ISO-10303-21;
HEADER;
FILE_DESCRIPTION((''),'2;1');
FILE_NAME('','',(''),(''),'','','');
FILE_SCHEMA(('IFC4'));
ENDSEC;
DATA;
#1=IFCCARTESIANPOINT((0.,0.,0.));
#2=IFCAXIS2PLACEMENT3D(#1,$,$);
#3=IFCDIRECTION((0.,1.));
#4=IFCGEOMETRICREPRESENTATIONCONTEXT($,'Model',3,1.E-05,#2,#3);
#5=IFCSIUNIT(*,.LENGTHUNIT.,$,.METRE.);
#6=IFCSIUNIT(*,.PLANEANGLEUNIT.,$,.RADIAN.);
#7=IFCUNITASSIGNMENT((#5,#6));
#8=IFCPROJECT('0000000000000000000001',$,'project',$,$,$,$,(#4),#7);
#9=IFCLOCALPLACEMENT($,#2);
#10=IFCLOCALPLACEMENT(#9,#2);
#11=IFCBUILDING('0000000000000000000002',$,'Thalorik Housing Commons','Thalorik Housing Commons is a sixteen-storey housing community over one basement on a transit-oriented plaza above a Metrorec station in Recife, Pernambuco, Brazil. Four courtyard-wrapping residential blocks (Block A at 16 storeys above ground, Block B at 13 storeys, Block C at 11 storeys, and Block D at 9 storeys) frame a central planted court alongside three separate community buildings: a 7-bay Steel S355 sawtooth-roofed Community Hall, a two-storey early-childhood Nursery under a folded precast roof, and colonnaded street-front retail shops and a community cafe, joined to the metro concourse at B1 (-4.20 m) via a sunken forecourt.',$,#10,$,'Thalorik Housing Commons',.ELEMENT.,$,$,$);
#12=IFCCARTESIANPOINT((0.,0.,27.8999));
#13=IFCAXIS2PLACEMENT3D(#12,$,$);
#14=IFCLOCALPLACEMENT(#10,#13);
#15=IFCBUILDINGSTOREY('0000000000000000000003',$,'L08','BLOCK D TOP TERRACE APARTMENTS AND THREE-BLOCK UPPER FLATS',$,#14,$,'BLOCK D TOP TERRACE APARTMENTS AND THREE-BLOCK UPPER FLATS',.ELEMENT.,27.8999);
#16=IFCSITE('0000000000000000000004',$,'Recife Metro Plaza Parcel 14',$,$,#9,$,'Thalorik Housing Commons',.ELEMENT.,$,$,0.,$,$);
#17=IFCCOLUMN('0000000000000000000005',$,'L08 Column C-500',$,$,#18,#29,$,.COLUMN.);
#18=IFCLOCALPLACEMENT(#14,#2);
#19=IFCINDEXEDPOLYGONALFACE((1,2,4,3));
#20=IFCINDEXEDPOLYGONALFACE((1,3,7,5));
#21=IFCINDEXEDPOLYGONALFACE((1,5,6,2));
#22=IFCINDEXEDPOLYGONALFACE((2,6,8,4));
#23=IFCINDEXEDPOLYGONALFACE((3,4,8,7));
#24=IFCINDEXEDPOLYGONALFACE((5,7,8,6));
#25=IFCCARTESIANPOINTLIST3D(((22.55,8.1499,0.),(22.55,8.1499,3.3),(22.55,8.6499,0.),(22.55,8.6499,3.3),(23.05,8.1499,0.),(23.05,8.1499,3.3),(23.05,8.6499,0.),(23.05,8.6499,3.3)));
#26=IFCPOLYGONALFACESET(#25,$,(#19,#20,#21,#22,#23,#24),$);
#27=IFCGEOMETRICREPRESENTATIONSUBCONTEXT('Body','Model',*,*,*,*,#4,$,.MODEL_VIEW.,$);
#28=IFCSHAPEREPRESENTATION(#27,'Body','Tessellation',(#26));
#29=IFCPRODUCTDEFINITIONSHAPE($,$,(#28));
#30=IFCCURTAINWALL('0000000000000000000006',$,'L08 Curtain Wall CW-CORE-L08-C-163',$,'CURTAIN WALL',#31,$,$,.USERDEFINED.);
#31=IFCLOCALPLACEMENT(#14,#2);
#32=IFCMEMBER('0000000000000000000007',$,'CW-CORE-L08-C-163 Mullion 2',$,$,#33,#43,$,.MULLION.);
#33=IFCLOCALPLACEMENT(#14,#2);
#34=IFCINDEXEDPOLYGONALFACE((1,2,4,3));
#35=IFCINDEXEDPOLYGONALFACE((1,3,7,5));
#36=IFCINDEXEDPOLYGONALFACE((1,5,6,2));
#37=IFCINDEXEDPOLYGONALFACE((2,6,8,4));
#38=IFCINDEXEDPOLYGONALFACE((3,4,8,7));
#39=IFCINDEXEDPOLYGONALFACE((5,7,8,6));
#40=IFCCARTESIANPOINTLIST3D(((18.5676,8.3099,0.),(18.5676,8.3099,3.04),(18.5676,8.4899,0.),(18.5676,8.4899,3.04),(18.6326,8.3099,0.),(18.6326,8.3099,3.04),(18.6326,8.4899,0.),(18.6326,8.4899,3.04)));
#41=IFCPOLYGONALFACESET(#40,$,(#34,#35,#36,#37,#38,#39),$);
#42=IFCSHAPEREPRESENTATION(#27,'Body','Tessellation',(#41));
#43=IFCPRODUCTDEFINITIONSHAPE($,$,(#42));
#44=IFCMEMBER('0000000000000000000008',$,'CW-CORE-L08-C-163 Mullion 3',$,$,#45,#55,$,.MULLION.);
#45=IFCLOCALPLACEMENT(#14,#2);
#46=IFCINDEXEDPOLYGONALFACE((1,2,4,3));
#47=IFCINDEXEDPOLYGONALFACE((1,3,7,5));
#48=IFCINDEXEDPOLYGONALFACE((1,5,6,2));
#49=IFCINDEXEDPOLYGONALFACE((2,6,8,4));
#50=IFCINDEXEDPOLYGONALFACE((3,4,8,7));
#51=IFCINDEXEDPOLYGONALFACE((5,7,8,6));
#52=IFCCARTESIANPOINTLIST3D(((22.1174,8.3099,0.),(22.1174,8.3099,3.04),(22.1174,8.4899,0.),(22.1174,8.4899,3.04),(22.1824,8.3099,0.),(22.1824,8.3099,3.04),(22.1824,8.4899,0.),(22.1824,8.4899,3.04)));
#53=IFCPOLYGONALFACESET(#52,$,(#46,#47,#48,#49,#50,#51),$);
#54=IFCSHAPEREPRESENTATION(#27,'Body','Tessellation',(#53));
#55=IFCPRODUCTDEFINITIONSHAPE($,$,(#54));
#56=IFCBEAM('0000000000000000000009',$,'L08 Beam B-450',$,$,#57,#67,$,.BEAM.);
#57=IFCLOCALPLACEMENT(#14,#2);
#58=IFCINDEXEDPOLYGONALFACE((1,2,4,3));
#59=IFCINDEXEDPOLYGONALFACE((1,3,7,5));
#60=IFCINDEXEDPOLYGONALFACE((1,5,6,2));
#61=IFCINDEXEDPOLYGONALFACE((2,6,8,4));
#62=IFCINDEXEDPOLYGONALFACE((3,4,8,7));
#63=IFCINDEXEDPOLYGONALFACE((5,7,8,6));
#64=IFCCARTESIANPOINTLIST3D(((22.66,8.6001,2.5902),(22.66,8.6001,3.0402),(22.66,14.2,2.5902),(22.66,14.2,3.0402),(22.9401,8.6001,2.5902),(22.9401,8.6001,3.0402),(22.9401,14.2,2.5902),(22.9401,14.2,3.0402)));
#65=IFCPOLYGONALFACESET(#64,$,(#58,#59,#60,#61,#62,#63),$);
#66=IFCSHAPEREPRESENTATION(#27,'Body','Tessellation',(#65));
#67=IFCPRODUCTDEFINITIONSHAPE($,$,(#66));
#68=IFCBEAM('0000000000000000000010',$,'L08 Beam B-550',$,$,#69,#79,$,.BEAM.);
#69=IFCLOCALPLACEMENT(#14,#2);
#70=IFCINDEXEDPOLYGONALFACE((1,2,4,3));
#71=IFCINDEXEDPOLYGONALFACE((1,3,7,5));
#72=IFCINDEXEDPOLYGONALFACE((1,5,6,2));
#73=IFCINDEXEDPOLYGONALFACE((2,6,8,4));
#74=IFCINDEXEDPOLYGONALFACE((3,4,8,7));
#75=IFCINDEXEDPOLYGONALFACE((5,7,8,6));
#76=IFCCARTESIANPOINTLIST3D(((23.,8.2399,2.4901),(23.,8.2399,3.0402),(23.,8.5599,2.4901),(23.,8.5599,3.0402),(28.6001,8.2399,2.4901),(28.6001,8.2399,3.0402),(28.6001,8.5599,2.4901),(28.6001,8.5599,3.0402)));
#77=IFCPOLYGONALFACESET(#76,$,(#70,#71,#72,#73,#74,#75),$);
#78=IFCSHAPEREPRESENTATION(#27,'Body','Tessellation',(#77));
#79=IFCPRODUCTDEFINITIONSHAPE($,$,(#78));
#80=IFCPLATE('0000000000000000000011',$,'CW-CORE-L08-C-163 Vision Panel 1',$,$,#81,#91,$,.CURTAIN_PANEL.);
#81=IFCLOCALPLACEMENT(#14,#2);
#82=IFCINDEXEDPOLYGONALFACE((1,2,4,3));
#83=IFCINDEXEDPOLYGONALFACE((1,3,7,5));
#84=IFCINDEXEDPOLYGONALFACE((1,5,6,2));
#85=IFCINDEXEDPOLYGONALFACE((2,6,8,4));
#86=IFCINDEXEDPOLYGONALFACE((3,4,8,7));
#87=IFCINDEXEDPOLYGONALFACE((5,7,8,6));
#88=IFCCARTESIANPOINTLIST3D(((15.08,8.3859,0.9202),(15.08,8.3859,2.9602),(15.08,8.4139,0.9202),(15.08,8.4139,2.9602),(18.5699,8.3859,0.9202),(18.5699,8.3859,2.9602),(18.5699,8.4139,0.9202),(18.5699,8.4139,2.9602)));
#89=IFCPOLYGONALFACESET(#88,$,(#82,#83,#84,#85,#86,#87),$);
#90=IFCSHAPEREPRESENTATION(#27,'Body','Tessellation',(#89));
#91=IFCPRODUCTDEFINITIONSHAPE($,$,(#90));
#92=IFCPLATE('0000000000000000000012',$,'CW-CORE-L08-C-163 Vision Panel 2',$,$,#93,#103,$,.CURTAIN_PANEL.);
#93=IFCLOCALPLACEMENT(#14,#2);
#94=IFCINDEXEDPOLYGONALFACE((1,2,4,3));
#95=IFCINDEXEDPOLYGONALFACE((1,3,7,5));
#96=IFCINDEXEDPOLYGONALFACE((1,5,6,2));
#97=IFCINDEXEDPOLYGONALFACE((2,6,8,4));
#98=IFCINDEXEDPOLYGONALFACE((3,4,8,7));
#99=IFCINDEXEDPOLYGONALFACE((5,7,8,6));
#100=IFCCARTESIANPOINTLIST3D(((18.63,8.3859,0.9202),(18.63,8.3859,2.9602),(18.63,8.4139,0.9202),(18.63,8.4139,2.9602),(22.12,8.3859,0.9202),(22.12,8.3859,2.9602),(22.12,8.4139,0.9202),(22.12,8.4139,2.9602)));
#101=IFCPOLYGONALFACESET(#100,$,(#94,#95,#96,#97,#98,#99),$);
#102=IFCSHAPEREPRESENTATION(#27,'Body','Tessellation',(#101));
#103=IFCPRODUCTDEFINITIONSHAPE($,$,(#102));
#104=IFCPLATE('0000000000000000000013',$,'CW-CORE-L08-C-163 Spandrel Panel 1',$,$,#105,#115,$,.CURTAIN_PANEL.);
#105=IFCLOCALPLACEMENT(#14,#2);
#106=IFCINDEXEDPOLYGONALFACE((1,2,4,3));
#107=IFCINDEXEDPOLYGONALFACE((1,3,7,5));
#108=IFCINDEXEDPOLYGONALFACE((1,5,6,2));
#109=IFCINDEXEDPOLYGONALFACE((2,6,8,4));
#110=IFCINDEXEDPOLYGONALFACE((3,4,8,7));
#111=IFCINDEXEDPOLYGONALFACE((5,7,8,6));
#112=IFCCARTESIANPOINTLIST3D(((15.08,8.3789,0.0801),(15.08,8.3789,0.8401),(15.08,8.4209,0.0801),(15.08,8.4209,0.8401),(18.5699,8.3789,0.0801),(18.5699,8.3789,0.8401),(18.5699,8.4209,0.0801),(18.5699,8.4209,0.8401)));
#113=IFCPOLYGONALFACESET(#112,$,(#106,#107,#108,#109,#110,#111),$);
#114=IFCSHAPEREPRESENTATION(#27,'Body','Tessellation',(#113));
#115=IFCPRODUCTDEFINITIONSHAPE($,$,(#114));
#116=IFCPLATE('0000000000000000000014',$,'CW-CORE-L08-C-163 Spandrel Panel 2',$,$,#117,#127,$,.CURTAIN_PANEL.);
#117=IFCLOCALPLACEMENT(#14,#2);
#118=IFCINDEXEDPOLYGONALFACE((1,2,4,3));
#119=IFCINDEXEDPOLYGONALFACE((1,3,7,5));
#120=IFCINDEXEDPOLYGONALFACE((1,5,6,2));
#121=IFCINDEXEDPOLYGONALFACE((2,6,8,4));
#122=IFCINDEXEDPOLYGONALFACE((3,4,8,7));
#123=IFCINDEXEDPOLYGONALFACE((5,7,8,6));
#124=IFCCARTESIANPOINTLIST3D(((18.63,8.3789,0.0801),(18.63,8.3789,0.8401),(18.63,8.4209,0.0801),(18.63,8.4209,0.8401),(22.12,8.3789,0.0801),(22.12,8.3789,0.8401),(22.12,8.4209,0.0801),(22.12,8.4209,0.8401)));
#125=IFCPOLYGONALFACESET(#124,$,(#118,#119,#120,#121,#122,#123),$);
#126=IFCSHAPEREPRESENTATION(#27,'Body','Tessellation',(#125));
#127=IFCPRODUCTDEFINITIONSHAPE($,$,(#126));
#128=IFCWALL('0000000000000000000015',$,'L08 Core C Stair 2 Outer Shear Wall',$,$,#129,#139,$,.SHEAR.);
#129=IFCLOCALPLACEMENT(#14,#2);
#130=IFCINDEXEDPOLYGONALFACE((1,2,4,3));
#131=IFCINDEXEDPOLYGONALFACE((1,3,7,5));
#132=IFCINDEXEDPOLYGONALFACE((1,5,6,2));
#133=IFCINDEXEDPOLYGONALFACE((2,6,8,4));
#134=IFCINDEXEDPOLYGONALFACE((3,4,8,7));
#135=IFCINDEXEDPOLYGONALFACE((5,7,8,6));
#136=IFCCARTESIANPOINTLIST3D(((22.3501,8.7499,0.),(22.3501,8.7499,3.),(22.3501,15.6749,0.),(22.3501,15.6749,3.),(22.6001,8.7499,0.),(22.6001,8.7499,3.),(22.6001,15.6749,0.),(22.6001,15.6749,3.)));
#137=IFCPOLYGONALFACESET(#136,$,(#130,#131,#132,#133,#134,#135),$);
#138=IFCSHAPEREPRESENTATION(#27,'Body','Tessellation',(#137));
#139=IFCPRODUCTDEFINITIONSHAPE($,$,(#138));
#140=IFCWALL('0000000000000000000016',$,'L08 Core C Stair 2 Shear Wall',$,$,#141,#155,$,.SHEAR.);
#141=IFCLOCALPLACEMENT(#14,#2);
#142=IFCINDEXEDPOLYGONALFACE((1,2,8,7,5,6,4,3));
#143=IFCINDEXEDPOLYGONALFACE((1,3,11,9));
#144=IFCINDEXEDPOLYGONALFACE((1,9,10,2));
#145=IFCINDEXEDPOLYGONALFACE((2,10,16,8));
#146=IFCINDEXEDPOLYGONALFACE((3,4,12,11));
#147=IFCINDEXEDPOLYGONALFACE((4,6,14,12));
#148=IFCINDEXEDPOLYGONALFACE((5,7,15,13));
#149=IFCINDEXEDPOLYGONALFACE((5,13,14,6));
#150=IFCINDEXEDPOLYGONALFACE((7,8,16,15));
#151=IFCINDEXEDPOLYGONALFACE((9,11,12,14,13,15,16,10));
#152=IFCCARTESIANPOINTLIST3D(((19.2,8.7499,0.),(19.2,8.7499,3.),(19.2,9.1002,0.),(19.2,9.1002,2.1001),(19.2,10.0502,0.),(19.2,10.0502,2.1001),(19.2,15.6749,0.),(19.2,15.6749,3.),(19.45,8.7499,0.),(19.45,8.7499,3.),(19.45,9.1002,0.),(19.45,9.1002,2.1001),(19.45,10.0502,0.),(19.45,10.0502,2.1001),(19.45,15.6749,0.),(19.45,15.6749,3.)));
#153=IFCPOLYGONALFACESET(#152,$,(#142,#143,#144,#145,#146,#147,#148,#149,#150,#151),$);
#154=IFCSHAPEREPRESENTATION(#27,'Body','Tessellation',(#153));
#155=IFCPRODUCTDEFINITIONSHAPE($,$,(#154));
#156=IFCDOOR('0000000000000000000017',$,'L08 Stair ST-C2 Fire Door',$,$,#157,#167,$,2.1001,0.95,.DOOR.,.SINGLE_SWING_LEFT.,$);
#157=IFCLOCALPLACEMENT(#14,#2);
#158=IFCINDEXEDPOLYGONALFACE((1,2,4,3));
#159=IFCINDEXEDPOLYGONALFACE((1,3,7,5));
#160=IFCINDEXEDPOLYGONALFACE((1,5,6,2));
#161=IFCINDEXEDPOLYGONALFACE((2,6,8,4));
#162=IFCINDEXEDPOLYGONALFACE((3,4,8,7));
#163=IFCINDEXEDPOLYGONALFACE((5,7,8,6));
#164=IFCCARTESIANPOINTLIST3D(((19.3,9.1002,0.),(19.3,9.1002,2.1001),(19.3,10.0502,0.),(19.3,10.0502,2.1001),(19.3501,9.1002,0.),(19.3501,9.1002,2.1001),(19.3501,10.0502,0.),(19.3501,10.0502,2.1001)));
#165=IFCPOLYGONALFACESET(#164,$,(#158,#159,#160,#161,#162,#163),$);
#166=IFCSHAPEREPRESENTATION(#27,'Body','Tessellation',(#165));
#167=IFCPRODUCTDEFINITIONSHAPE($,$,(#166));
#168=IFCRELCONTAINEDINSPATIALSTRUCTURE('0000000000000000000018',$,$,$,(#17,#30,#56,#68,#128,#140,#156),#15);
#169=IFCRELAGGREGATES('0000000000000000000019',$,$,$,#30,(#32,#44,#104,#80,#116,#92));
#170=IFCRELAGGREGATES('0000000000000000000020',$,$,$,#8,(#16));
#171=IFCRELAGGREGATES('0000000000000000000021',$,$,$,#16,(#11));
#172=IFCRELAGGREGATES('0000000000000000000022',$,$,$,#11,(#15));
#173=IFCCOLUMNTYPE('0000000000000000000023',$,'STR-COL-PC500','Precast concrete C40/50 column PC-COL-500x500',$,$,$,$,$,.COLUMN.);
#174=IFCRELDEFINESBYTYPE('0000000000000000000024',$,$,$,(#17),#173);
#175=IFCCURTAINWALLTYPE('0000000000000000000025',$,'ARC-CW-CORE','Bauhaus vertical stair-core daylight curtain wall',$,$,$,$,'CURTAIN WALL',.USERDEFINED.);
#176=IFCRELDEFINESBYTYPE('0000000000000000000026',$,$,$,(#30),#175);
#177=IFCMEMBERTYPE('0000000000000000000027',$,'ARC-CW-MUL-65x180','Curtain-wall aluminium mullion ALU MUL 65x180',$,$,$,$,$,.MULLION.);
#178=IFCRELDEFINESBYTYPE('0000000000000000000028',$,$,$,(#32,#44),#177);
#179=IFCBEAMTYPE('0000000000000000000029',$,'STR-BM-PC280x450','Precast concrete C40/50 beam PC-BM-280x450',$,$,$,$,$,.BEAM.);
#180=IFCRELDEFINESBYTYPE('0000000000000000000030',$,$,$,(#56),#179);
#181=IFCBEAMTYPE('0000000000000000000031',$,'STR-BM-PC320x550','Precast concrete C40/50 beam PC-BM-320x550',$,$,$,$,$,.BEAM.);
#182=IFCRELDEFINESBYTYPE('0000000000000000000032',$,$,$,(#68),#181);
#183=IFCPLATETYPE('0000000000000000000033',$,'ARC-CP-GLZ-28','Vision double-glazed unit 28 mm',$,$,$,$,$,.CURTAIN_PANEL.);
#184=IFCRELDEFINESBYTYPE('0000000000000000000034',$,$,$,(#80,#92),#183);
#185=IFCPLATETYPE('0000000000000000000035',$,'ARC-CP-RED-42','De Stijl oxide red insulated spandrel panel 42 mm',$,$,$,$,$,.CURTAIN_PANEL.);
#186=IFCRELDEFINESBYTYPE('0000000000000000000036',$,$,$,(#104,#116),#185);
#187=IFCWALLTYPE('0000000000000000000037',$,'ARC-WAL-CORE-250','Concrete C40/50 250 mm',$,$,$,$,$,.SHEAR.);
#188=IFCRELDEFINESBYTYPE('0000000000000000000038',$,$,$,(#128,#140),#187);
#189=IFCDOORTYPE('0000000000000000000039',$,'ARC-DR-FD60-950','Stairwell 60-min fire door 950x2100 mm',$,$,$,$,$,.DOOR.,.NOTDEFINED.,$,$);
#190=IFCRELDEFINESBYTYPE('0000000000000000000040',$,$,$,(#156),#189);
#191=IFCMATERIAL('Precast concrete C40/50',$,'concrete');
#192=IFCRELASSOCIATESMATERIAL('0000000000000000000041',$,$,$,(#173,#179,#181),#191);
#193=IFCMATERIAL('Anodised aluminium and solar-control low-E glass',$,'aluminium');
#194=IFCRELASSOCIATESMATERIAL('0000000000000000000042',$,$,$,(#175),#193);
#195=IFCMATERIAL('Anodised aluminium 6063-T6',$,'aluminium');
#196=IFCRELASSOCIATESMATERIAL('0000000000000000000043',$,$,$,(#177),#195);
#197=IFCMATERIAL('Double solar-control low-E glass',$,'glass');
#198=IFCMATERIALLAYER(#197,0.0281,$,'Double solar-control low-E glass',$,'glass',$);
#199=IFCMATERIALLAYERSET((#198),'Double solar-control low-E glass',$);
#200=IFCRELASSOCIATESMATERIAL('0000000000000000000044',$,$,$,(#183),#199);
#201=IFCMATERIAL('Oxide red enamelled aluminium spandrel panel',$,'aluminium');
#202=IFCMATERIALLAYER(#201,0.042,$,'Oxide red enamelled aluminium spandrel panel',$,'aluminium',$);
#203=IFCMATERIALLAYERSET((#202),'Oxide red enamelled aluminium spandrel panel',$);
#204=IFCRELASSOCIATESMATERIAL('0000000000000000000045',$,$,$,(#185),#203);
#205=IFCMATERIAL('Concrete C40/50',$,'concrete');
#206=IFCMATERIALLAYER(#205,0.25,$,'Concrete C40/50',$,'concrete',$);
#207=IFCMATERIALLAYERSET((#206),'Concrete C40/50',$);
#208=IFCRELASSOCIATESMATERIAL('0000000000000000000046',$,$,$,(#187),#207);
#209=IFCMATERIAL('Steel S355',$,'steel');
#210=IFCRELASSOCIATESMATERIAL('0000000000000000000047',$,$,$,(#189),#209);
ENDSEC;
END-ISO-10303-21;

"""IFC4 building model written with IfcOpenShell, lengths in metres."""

from ifc_helpers import new_model, si_unit, direction, frame, frame_2d, origin, origin_2d, place, context, subcontext, project, spatial, rectangle, extrude, material, layer, layer_set, material_profile, profile_set, type_object, element, fill, aggregate, save


model = new_model("IFC4")

# Units and contexts
model_context = context("Model", 3, precision=1e-05, world=origin(), true_north=direction((0.0, 1.0)))
body_context = subcontext(model_context, "Body", "Model", "MODEL_VIEW")
ifc_project = project(units=[si_unit("LENGTHUNIT", "METRE"), si_unit("PLANEANGLEUNIT", "RADIAN")], contexts=[model_context])

# Site, building, storey
site_placement = place(None, origin())
site = spatial("IfcSite", under=ifc_project, at=site_placement, Name="Recife Metro Plaza Parcel 14", LongName="Thalorik Housing Commons", CompositionType="ELEMENT", RefElevation=0.0)
building_placement = place(site_placement, origin())
building = spatial("IfcBuilding", under=site, at=building_placement, Name="Thalorik Housing Commons", Description="Thalorik Housing Commons is a sixteen-storey housing community over one basement on a transit-oriented plaza above a Metrorec station in Recife, Pernambuco, Brazil. Four courtyard-wrapping residential blocks (Block A at 16 storeys above ground, Block B at 13 storeys, Block C at 11 storeys, and Block D at 9 storeys) frame a central planted court alongside three separate community buildings: a 7-bay Steel S355 sawtooth-roofed Community Hall, a two-storey early-childhood Nursery under a folded precast roof, and colonnaded street-front retail shops and a community cafe, joined to the metro concourse at B1 (-4.20 m) via a sunken forecourt.", LongName="Thalorik Housing Commons", CompositionType="ELEMENT")
storey_placement = place(building_placement, frame((0.0, 0.0, 27.8999)))
storey = spatial("IfcBuildingStorey", under=building, at=storey_placement, Name="L08", Description="BLOCK D TOP TERRACE APARTMENTS AND THREE-BLOCK UPPER FLATS", LongName="BLOCK D TOP TERRACE APARTMENTS AND THREE-BLOCK UPPER FLATS", CompositionType="ELEMENT", Elevation=27.8999)

# Column
ifc_material_1 = material(Name="Precast concrete C40/50", Category="concrete")
ifc_material_profile_1 = material_profile(ifc_material_1, rectangle(XDim=0.5, YDim=0.5, at=origin_2d()), Name="PC 500x500", Category="concrete")
ifc_profile_set_1 = profile_set([ifc_material_profile_1], Name="Precast concrete C40/50")
column_type = type_object("IfcColumnType", Name="STR-COL-PC500", Description="Precast concrete C40/50 column PC-COL-500x500", PredefinedType="COLUMN", material=ifc_profile_set_1)
column_placement = place(storey_placement, frame((22.8, 8.3999, 0.0), z_axis=(0.0, 0.0, 1.0), x_axis=(1.0, 0.0, 0.0)))
element("IfcColumn", 1, at=column_placement, inside=storey, type_object=column_type, Name="L08 Column C-500", PredefinedType="COLUMN", context=body_context, shape_type="SweptSolid", body=[
    extrude(rectangle(XDim=0.5, YDim=0.5, at=origin_2d()), origin(), (0.0, 0.0, 1.0), 3.3),
])

# Curtain wall, members
ifc_material_2 = material(Name="Anodised aluminium and solar-control low-E glass", Category="aluminium")
curtain_wall_type = type_object("IfcCurtainWallType", Name="ARC-CW-CORE", Description="Bauhaus vertical stair-core daylight curtain wall", ElementType="CURTAIN WALL", PredefinedType="USERDEFINED", material=ifc_material_2)
curtain_wall_placement = place(storey_placement, origin())
curtain_wall = element("IfcCurtainWall", 2, at=curtain_wall_placement, inside=storey, type_object=curtain_wall_type, Name="L08 Curtain Wall CW-CORE-L08-C-163", ObjectType="CURTAIN WALL", PredefinedType="USERDEFINED")
ifc_material_3 = material(Name="Anodised aluminium 6063-T6", Category="aluminium")
ifc_material_profile_2 = material_profile(ifc_material_3, rectangle(XDim=0.0649, YDim=0.1799, at=origin_2d()), Name="ALU MUL 65x180", Category="aluminium")
ifc_profile_set_2 = profile_set([ifc_material_profile_2], Name="Anodised aluminium 6063-T6")
member_type = type_object("IfcMemberType", Name="ARC-CW-MUL-65x180", Description="Curtain-wall aluminium mullion ALU MUL 65x180", PredefinedType="MULLION", material=ifc_profile_set_2)
member_1_placement = place(storey_placement, frame((18.6001, 8.3999, 0.0), z_axis=(0.0, 0.0, 1.0), x_axis=(1.0, 0.0, 0.0)))
member_1 = element("IfcMember", 3, at=member_1_placement, type_object=member_type, Name="CW-CORE-L08-C-163 Mullion 2", PredefinedType="MULLION", context=body_context, shape_type="SweptSolid", body=[
    extrude(rectangle(XDim=0.0649, YDim=0.1799, at=origin_2d()), origin(), (0.0, 0.0, 1.0), 3.04),
])
member_2_placement = place(storey_placement, frame((22.1499, 8.3999, 0.0), z_axis=(0.0, 0.0, 1.0), x_axis=(1.0, 0.0, 0.0)))
member_2 = element("IfcMember", 4, at=member_2_placement, type_object=member_type, Name="CW-CORE-L08-C-163 Mullion 3", PredefinedType="MULLION", context=body_context, shape_type="SweptSolid", body=[
    extrude(rectangle(XDim=0.0649, YDim=0.1799, at=origin_2d()), origin(), (0.0, 0.0, 1.0), 3.04),
])

# Beams
ifc_material_profile_3 = material_profile(ifc_material_1, rectangle(XDim=0.28, YDim=0.45, at=origin_2d()), Name="PC 280x450", Category="concrete")
ifc_profile_set_3 = profile_set([ifc_material_profile_3], Name="Precast concrete C40/50")
beam_type_1 = type_object("IfcBeamType", Name="STR-BM-PC280x450", Description="Precast concrete C40/50 beam PC-BM-280x450", PredefinedType="BEAM", material=ifc_profile_set_3)
beam_1_placement = place(storey_placement, frame((22.8, 8.6001, 2.8152), z_axis=(0.0, 1.0, 0.0), x_axis=(-1.0, 0.0, 0.0)))
element("IfcBeam", 5, at=beam_1_placement, inside=storey, type_object=beam_type_1, Name="L08 Beam B-450", PredefinedType="BEAM", context=body_context, shape_type="SweptSolid", body=[
    extrude(rectangle(XDim=0.28, YDim=0.45, at=origin_2d()), origin(), (0.0, 0.0, 1.0), 5.5999),
])
ifc_material_profile_4 = material_profile(ifc_material_1, rectangle(XDim=0.3201, YDim=0.55, at=origin_2d()), Name="PC 320x550", Category="concrete")
ifc_profile_set_4 = profile_set([ifc_material_profile_4], Name="Precast concrete C40/50")
beam_type_2 = type_object("IfcBeamType", Name="STR-BM-PC320x550", Description="Precast concrete C40/50 beam PC-BM-320x550", PredefinedType="BEAM", material=ifc_profile_set_4)
beam_2_placement = place(storey_placement, frame((23.0, 8.3999, 2.7651), z_axis=(1.0, 0.0, 0.0), x_axis=(0.0, 1.0, 0.0)))
element("IfcBeam", 6, at=beam_2_placement, inside=storey, type_object=beam_type_2, Name="L08 Beam B-550", PredefinedType="BEAM", context=body_context, shape_type="SweptSolid", body=[
    extrude(rectangle(XDim=0.3201, YDim=0.55, at=origin_2d()), origin(), (0.0, 0.0, 1.0), 5.6001),
])

# Plates
ifc_material_4 = material(Name="Double solar-control low-E glass", Category="glass")
ifc_layer_1 = layer(ifc_material_4, 0.0281, Name="Double solar-control low-E glass", Category="glass")
ifc_layer_set_1 = layer_set([ifc_layer_1], Name="Double solar-control low-E glass")
plate_type_1 = type_object("IfcPlateType", Name="ARC-CP-GLZ-28", Description="Vision double-glazed unit 28 mm", PredefinedType="CURTAIN_PANEL", material=ifc_layer_set_1)
plate_1_placement = place(storey_placement, frame((16.825, 8.3999, 0.9202), z_axis=(0.0, 0.0, 1.0), x_axis=(1.0, 0.0, 0.0)))
plate_1 = element("IfcPlate", 7, at=plate_1_placement, type_object=plate_type_1, Name="CW-CORE-L08-C-163 Vision Panel 1", PredefinedType="CURTAIN_PANEL", context=body_context, shape_type="SweptSolid", body=[
    extrude(rectangle(XDim=3.49, YDim=0.0281, at=origin_2d()), origin(), (0.0, 0.0, 1.0), 2.04),
])
plate_2_placement = place(storey_placement, frame((20.375, 8.3999, 0.9202), z_axis=(0.0, 0.0, 1.0), x_axis=(1.0, 0.0, 0.0)))
plate_2 = element("IfcPlate", 8, at=plate_2_placement, type_object=plate_type_1, Name="CW-CORE-L08-C-163 Vision Panel 2", PredefinedType="CURTAIN_PANEL", context=body_context, shape_type="SweptSolid", body=[
    extrude(rectangle(XDim=3.49, YDim=0.0281, at=origin_2d()), origin(), (0.0, 0.0, 1.0), 2.04),
])
ifc_material_5 = material(Name="Oxide red enamelled aluminium spandrel panel", Category="aluminium")
ifc_layer_2 = layer(ifc_material_5, 0.042, Name="Oxide red enamelled aluminium spandrel panel", Category="aluminium")
ifc_layer_set_2 = layer_set([ifc_layer_2], Name="Oxide red enamelled aluminium spandrel panel")
plate_type_2 = type_object("IfcPlateType", Name="ARC-CP-RED-42", Description="De Stijl oxide red insulated spandrel panel 42 mm", PredefinedType="CURTAIN_PANEL", material=ifc_layer_set_2)
plate_3_placement = place(storey_placement, frame((16.825, 8.3999, 0.0801), z_axis=(0.0, 0.0, 1.0), x_axis=(1.0, 0.0, 0.0)))
plate_3 = element("IfcPlate", 9, at=plate_3_placement, type_object=plate_type_2, Name="CW-CORE-L08-C-163 Spandrel Panel 1", PredefinedType="CURTAIN_PANEL", context=body_context, shape_type="SweptSolid", body=[
    extrude(rectangle(XDim=3.49, YDim=0.042, at=origin_2d()), origin(), (0.0, 0.0, 1.0), 0.76),
])
plate_4_placement = place(storey_placement, frame((20.375, 8.3999, 0.0801), z_axis=(0.0, 0.0, 1.0), x_axis=(1.0, 0.0, 0.0)))
plate_4 = element("IfcPlate", 10, at=plate_4_placement, type_object=plate_type_2, Name="CW-CORE-L08-C-163 Spandrel Panel 2", PredefinedType="CURTAIN_PANEL", context=body_context, shape_type="SweptSolid", body=[
    extrude(rectangle(XDim=3.49, YDim=0.042, at=origin_2d()), origin(), (0.0, 0.0, 1.0), 0.76),
])
aggregate(curtain_wall, [member_1, member_2, plate_3, plate_1, plate_4, plate_2])

# Wall
ifc_material_6 = material(Name="Concrete C40/50", Category="concrete")
ifc_layer_3 = layer(ifc_material_6, 0.25, Name="Concrete C40/50", Category="concrete")
ifc_layer_set_3 = layer_set([ifc_layer_3], Name="Concrete C40/50")
wall_type_1 = type_object("IfcWallType", Name="ARC-WAL-CORE-250", Description="Concrete C40/50 250 mm", PredefinedType="SHEAR", material=ifc_layer_set_3)
wall_1_placement = place(storey_placement, frame((22.4751, 8.75, 0.0), z_axis=(0.0, 0.0, 1.0), x_axis=(0.0, 1.0, 0.0)))
element("IfcWall", 11, at=wall_1_placement, inside=storey, type_object=wall_type_1, Name="L08 Core C Stair 2 Outer Shear Wall", PredefinedType="SHEAR", context=body_context, shape_type="SweptSolid", body=[
    extrude(rectangle(XDim=6.925, YDim=0.25, at=frame_2d((3.4624, 0.0))), origin(), (0.0, 0.0, 1.0), 3.0),
])

# Wall, opening, door
wall_2_placement = place(storey_placement, frame((19.325, 8.75, 0.0), z_axis=(0.0, 0.0, 1.0), x_axis=(0.0, 1.0, 0.0)))
wall_2 = element("IfcWall", 12, at=wall_2_placement, inside=storey, type_object=wall_type_1, Name="L08 Core C Stair 2 Shear Wall", PredefinedType="SHEAR", context=body_context, shape_type="SweptSolid", body=[
    extrude(rectangle(XDim=6.925, YDim=0.25, at=frame_2d((3.4624, 0.0))), origin(), (0.0, 0.0, 1.0), 3.0),
])
opening_1_placement = place(wall_2_placement, frame((0.3501, 0.0, 0.0)))
opening_1 = element("IfcOpeningElement", 13, at=opening_1_placement, cuts=wall_2, PredefinedType="OPENING", context=body_context, shape_type="SweptSolid", body=[
    extrude(rectangle(XDim=0.95, YDim=2.1001, at=frame_2d((0.4751, 1.05))), frame((0.0, 0.135, 0.0), z_axis=(0.0, -1.0, 0.0), x_axis=(1.0, 0.0, 0.0)), (0.0, 0.0, 1.0), 0.27),
])
ifc_material_7 = material(Name="Steel S355", Category="steel")
door_type_1 = type_object("IfcDoorType", Name="ARC-DR-FD60-950", Description="Stairwell 60-min fire door 950x2100 mm", OperationType="NOTDEFINED", PredefinedType="DOOR", material=ifc_material_7)
door_1_placement = place(opening_1_placement, origin())
door_1 = element("IfcDoor", 14, at=door_1_placement, inside=storey, type_object=door_type_1, Name="L08 Stair ST-C2 Fire Door", OperationType="SINGLE_SWING_LEFT", OverallHeight=2.1001, OverallWidth=0.95, PredefinedType="DOOR", context=body_context, shape_type="SweptSolid", body=[
    extrude(rectangle(XDim=0.95, YDim=2.1001, at=frame_2d((0.4751, 1.05))), frame((0.0, 0.0249, 0.0), z_axis=(0.0, -1.0, 0.0), x_axis=(1.0, 0.0, 0.0)), (0.0, 0.0, 1.0), 0.05),
])
fill(opening_1, door_1)

save(model, "model.ifc")
